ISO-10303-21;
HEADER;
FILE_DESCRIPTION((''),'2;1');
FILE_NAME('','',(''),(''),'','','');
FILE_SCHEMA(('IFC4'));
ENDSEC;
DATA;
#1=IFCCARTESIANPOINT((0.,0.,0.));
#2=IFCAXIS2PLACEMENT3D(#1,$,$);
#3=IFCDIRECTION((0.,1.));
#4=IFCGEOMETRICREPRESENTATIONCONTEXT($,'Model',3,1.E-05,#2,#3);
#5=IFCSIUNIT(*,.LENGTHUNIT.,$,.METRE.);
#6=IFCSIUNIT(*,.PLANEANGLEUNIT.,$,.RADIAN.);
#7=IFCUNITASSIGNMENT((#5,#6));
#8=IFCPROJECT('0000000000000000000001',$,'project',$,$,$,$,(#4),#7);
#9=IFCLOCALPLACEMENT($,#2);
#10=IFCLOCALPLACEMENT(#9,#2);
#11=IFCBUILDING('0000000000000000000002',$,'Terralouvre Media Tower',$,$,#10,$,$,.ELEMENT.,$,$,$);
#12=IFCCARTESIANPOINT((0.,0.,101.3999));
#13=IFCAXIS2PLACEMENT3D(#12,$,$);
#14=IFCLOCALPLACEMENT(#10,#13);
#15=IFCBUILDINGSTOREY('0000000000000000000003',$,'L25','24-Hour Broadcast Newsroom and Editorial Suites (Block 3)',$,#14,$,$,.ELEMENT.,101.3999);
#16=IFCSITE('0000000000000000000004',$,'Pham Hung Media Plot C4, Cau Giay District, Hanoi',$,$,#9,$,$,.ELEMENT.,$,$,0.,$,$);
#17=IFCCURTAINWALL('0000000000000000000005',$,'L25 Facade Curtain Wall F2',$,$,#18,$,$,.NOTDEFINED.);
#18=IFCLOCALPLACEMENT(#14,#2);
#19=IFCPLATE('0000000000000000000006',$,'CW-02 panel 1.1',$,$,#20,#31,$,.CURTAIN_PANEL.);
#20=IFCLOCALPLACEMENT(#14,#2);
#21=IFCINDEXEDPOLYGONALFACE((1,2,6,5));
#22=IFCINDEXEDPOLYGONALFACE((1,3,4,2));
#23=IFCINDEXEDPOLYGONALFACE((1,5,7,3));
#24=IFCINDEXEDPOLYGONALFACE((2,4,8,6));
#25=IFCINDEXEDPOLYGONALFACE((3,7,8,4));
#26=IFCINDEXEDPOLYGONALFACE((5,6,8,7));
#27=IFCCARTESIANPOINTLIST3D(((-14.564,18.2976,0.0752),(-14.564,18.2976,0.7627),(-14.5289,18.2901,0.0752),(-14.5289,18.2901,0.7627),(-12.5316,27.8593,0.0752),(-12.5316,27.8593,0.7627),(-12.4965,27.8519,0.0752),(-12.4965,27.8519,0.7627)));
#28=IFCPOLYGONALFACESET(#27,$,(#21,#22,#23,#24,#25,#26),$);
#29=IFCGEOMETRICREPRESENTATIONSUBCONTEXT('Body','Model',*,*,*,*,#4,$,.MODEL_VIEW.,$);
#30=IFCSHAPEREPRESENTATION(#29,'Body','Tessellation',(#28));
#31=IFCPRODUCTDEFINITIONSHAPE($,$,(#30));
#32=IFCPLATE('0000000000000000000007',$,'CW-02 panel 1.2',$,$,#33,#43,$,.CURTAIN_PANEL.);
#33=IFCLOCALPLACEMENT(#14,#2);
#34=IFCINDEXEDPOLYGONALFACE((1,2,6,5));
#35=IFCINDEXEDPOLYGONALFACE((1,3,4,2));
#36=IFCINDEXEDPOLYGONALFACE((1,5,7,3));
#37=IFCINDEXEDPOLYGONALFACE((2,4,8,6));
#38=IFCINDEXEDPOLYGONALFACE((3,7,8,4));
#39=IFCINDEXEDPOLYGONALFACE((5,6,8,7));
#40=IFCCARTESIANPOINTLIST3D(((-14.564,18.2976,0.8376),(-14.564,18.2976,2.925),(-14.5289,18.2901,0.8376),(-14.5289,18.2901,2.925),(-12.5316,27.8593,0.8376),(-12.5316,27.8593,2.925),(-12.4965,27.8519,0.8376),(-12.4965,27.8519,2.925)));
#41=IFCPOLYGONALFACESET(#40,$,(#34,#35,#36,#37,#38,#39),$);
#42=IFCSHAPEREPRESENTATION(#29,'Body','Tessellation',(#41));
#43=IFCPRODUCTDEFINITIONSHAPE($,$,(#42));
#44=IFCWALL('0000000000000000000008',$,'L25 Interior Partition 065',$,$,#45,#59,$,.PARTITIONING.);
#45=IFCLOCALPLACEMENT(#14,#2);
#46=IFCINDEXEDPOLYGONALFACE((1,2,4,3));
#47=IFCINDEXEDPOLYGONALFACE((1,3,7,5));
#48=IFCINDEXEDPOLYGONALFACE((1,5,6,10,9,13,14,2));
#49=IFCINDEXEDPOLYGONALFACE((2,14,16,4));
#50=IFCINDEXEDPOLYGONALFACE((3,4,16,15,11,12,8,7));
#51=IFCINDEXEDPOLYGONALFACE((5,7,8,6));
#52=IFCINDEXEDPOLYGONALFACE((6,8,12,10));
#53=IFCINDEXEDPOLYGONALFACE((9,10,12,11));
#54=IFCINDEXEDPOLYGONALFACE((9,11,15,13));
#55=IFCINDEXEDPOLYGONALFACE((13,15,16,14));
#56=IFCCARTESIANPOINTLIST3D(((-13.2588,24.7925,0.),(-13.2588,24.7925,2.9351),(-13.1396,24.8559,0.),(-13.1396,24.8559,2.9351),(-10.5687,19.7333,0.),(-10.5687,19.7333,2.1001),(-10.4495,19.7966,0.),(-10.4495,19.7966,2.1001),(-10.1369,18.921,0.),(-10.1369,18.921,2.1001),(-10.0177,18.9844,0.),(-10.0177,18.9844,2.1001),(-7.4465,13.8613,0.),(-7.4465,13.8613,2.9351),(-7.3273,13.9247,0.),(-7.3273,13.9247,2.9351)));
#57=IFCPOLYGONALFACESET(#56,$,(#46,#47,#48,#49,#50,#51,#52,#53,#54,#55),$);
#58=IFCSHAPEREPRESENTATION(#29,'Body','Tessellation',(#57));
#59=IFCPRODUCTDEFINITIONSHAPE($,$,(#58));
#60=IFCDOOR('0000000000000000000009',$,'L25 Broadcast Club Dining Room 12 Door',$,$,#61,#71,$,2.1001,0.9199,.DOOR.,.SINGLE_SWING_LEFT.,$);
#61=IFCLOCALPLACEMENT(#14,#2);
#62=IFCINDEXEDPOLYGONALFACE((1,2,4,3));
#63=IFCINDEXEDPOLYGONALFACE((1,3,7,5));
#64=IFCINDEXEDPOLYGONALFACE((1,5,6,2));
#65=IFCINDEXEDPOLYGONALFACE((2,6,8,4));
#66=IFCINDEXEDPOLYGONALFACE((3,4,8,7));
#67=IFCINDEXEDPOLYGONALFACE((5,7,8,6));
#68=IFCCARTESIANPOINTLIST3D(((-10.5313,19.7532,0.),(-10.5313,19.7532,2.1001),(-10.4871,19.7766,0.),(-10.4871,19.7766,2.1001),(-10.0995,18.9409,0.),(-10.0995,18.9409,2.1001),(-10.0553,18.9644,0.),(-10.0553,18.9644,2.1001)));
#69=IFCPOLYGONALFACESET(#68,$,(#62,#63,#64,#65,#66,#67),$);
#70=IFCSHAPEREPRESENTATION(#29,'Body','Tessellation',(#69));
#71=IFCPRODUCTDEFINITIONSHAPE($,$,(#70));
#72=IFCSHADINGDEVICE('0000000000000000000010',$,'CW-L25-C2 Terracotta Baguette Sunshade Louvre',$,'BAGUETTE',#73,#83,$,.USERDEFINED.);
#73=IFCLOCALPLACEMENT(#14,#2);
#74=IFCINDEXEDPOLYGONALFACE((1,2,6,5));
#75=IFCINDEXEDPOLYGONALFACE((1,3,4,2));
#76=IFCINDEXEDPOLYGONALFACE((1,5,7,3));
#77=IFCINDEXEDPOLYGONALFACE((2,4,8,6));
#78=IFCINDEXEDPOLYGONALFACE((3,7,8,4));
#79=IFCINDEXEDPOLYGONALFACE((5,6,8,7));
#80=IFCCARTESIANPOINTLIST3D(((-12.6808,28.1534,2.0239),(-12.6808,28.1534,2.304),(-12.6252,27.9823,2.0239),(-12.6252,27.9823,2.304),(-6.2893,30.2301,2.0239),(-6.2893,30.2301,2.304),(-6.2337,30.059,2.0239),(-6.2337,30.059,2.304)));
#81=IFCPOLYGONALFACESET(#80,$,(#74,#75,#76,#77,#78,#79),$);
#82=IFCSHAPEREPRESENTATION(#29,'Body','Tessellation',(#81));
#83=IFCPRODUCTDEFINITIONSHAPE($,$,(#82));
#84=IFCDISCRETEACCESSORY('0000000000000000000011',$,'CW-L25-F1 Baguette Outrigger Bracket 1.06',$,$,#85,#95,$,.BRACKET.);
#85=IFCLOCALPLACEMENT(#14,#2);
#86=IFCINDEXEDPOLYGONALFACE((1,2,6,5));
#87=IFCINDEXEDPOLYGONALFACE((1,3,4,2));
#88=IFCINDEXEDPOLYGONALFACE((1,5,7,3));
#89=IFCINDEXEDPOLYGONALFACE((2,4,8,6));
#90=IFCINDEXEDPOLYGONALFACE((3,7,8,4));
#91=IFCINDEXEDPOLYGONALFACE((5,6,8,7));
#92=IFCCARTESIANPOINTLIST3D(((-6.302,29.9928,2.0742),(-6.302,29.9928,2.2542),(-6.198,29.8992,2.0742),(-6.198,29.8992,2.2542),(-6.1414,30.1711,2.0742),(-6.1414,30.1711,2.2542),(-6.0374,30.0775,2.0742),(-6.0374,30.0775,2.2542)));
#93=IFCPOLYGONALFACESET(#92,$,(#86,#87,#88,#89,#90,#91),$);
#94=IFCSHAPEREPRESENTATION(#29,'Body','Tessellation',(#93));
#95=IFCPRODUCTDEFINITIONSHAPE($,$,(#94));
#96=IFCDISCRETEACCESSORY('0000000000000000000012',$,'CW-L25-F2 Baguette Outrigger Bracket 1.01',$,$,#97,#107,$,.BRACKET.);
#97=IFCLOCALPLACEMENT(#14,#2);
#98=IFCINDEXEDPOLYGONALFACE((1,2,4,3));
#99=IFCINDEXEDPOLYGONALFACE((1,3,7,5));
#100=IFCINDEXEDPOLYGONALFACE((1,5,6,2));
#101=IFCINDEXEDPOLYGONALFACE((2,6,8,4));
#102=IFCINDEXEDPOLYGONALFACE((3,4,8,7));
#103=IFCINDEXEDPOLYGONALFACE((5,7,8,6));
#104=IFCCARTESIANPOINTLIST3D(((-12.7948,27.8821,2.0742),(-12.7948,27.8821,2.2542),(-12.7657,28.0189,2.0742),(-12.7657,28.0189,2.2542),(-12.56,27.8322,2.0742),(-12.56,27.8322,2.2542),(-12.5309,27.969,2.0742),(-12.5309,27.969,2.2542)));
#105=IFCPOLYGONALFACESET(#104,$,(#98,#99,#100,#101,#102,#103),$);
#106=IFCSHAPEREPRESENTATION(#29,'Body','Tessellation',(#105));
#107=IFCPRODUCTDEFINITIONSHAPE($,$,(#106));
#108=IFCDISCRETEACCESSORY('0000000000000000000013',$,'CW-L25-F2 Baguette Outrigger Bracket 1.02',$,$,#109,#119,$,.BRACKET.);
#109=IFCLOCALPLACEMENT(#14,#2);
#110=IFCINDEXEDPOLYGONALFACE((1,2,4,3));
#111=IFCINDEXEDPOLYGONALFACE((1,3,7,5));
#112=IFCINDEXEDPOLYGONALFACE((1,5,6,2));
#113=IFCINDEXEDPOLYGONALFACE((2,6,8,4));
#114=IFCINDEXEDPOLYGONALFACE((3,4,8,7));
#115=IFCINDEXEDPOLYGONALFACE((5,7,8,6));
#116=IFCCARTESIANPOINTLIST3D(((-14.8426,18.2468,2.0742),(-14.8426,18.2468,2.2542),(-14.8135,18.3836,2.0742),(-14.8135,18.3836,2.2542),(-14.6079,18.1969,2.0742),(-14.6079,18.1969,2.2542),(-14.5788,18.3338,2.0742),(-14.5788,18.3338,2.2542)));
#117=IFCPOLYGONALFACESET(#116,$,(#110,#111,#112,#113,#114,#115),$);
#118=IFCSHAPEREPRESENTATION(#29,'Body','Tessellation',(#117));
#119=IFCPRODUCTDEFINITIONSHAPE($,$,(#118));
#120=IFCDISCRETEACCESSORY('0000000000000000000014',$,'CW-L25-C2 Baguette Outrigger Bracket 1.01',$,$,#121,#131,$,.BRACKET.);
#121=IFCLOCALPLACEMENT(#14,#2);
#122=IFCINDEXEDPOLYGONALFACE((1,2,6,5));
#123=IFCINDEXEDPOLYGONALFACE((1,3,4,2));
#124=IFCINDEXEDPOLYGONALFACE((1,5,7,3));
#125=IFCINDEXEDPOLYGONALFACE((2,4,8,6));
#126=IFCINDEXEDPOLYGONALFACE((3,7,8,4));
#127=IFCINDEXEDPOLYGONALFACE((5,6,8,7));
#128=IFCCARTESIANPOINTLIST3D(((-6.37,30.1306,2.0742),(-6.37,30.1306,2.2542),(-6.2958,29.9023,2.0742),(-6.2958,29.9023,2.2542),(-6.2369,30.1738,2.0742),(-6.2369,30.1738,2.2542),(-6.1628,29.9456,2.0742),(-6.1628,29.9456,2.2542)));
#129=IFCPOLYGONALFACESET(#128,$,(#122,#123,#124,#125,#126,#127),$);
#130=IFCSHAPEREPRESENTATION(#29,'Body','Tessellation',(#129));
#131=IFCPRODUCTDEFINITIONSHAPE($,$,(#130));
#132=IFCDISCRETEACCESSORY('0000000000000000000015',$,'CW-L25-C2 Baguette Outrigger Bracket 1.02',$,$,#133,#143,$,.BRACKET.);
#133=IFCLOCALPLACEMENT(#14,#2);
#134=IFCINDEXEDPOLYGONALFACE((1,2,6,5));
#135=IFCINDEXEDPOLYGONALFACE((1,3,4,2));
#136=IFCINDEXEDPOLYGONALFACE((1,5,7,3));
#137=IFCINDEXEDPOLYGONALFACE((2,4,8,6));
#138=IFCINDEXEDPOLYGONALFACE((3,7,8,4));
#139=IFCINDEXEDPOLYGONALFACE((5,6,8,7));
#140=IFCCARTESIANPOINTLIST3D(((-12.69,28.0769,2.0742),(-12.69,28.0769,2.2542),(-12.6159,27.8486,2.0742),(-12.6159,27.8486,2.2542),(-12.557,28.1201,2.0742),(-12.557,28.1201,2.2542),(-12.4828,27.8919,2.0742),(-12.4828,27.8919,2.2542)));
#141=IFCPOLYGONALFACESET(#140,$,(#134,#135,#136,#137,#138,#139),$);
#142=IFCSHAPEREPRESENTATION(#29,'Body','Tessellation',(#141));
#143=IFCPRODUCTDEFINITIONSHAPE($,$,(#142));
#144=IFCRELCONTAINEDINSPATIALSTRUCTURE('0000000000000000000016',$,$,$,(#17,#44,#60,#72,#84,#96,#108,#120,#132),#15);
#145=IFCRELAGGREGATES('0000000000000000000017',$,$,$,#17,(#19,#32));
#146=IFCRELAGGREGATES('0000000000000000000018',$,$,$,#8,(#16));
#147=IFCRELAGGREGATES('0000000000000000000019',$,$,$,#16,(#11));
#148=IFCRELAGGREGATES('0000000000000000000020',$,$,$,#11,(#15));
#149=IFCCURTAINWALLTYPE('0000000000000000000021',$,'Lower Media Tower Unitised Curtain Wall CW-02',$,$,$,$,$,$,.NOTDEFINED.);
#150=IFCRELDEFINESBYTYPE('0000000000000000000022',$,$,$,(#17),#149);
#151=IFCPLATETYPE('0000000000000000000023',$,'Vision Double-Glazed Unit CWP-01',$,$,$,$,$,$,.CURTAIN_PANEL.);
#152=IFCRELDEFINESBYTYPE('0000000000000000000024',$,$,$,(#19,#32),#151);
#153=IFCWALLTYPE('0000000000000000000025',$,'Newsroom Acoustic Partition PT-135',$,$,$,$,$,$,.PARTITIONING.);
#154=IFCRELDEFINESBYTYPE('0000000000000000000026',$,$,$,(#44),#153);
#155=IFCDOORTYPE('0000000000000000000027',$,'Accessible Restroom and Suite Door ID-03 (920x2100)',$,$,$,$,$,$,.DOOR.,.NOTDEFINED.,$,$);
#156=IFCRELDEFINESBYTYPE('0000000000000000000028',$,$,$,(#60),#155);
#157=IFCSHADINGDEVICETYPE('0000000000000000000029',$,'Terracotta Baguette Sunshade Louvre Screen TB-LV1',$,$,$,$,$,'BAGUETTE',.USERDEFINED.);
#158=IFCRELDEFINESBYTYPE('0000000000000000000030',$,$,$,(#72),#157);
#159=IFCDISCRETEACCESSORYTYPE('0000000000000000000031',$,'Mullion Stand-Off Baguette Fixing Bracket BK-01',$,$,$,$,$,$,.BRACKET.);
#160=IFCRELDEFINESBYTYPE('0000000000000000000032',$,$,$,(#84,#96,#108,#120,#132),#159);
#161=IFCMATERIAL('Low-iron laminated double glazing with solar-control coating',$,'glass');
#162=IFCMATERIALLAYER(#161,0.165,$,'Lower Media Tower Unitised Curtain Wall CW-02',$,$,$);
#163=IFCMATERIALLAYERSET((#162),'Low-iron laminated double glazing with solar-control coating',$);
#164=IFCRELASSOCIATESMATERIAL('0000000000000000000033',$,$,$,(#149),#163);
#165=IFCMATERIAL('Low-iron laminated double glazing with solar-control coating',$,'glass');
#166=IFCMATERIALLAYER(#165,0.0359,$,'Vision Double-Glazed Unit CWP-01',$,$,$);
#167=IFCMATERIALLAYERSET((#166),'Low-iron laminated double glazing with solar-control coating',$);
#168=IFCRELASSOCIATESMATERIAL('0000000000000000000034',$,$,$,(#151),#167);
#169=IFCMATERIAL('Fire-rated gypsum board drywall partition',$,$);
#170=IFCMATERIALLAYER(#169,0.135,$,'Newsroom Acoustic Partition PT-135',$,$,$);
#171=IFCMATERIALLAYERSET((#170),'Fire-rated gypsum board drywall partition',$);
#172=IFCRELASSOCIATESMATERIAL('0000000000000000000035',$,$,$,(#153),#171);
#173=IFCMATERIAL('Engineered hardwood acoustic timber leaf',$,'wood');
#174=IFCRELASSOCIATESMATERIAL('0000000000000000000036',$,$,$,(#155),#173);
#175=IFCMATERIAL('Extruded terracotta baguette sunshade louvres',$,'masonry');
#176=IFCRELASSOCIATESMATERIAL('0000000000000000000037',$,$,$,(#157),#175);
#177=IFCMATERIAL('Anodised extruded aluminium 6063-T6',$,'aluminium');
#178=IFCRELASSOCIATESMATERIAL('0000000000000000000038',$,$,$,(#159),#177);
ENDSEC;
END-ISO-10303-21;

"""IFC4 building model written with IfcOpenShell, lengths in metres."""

from ifc_helpers import new_model, si_unit, direction, frame, frame_2d, origin, origin_2d, place, context, subcontext, project, spatial, rectangle, extrude, material, layer, layer_set, type_object, element, fill, aggregate, save


model = new_model("IFC4")

# Units and contexts
model_context = context("Model", 3, precision=1e-05, world=origin(), true_north=direction((0.0, 1.0)))
body_context = subcontext(model_context, "Body", "Model", "MODEL_VIEW")
ifc_project = project(units=[si_unit("LENGTHUNIT", "METRE"), si_unit("PLANEANGLEUNIT", "RADIAN")], contexts=[model_context])

# Site, building, storey
site_placement = place(None, origin())
site = spatial("IfcSite", under=ifc_project, at=site_placement, Name="Pham Hung Media Plot C4, Cau Giay District, Hanoi", CompositionType="ELEMENT", RefElevation=0.0)
building_placement = place(site_placement, origin())
building = spatial("IfcBuilding", under=site, at=building_placement, Name="Terralouvre Media Tower", CompositionType="ELEMENT")
storey_placement = place(building_placement, frame((0.0, 0.0, 101.3999)))
storey = spatial("IfcBuildingStorey", under=building, at=storey_placement, Name="L25", Description="24-Hour Broadcast Newsroom and Editorial Suites (Block 3)", CompositionType="ELEMENT", Elevation=101.3999)

# Curtain wall
ifc_material_1 = material(Name="Low-iron laminated double glazing with solar-control coating", Category="glass")
ifc_layer_1 = layer(ifc_material_1, 0.165, Name="Lower Media Tower Unitised Curtain Wall CW-02")
ifc_layer_set_1 = layer_set([ifc_layer_1], Name="Low-iron laminated double glazing with solar-control coating")
curtain_wall_type_1 = type_object("IfcCurtainWallType", Name="Lower Media Tower Unitised Curtain Wall CW-02", PredefinedType="NOTDEFINED", material=ifc_layer_set_1)
curtain_wall_1_placement = place(storey_placement, origin())
curtain_wall_1 = element("IfcCurtainWall", 1, at=curtain_wall_1_placement, inside=storey, type_object=curtain_wall_type_1, Name="L25 Facade Curtain Wall F2", PredefinedType="NOTDEFINED")

# Plates
ifc_material_2 = material(Name="Low-iron laminated double glazing with solar-control coating", Category="glass")
ifc_layer_2 = layer(ifc_material_2, 0.0359, Name="Vision Double-Glazed Unit CWP-01")
ifc_layer_set_2 = layer_set([ifc_layer_2], Name="Low-iron laminated double glazing with solar-control coating")
plate_type_1 = type_object("IfcPlateType", Name="Vision Double-Glazed Unit CWP-01", PredefinedType="CURTAIN_PANEL", material=ifc_layer_set_2)
plate_1_placement = place(storey_placement, frame((-13.5303, 23.0747, 0.0752), z_axis=(0.0, 0.0, 1.0), x_axis=(-0.207912, -0.978148, 0.0)))
plate_1 = element("IfcPlate", 2, at=plate_1_placement, type_object=plate_type_1, Name="CW-02 panel 1.1", PredefinedType="CURTAIN_PANEL", context=body_context, shape_type="SweptSolid", body=[
    extrude(rectangle(XDim=9.7754, YDim=0.0359, at=origin_2d()), origin(), (0.0, 0.0, 1.0), 0.6875),
])
plate_2_placement = place(storey_placement, frame((-13.5303, 23.0747, 0.8376), z_axis=(0.0, 0.0, 1.0), x_axis=(-0.207912, -0.978148, 0.0)))
plate_2 = element("IfcPlate", 3, at=plate_2_placement, type_object=plate_type_1, Name="CW-02 panel 1.2", PredefinedType="CURTAIN_PANEL", context=body_context, shape_type="SweptSolid", body=[
    extrude(rectangle(XDim=9.7754, YDim=0.0359, at=origin_2d()), origin(), (0.0, 0.0, 1.0), 2.0874),
])
aggregate(curtain_wall_1, [plate_1, plate_2])

# Wall, opening, door
ifc_material_3 = material(Name="Fire-rated gypsum board drywall partition")
ifc_layer_3 = layer(ifc_material_3, 0.135, Name="Newsroom Acoustic Partition PT-135")
ifc_layer_set_3 = layer_set([ifc_layer_3], Name="Fire-rated gypsum board drywall partition")
wall_type = type_object("IfcWallType", Name="Newsroom Acoustic Partition PT-135", PredefinedType="PARTITIONING", material=ifc_layer_set_3)
wall_placement = place(storey_placement, frame((-13.1992, 24.8242, 0.0), z_axis=(0.0, 0.0, 1.0), x_axis=(0.469475, -0.882946, 0.0)))
wall = element("IfcWall", 4, at=wall_placement, inside=storey, type_object=wall_type, Name="L25 Interior Partition 065", PredefinedType="PARTITIONING", context=body_context, shape_type="SweptSolid", body=[
    extrude(rectangle(XDim=12.3804, YDim=0.135, at=frame_2d((6.1902, 0.0))), origin(), (0.0, 0.0, 1.0), 2.9351),
])
opening_placement = place(wall_placement, frame((5.73, 0.0, 0.0)))
opening = element("IfcOpeningElement", 5, at=opening_placement, cuts=wall, PredefinedType="OPENING", context=body_context, shape_type="SweptSolid", body=[
    extrude(rectangle(XDim=0.9199, YDim=2.1001, at=frame_2d((0.46, 1.05))), frame((0.0, 0.0774, 0.0), z_axis=(0.0, -1.0, 0.0), x_axis=(1.0, 0.0, 0.0)), (0.0, 0.0, 1.0), 0.155),
])
ifc_material_4 = material(Name="Engineered hardwood acoustic timber leaf", Category="wood")
door_type = type_object("IfcDoorType", Name="Accessible Restroom and Suite Door ID-03 (920x2100)", OperationType="NOTDEFINED", PredefinedType="DOOR", material=ifc_material_4)
door_placement = place(opening_placement, origin())
door = element("IfcDoor", 6, at=door_placement, inside=storey, type_object=door_type, Name="L25 Broadcast Club Dining Room 12 Door", OperationType="SINGLE_SWING_LEFT", OverallHeight=2.1001, OverallWidth=0.9199, PredefinedType="DOOR", context=body_context, shape_type="SweptSolid", body=[
    extrude(rectangle(XDim=0.9199, YDim=2.1001, at=frame_2d((0.46, 1.05))), frame((0.0, 0.0249, 0.0), z_axis=(0.0, -1.0, 0.0), x_axis=(1.0, 0.0, 0.0)), (0.0, 0.0, 1.0), 0.05),
])
fill(opening, door)

# Shading device
ifc_material_5 = material(Name="Extruded terracotta baguette sunshade louvres", Category="masonry")
shading_device_type = type_object("IfcShadingDeviceType", Name="Terracotta Baguette Sunshade Louvre Screen TB-LV1", ElementType="BAGUETTE", PredefinedType="USERDEFINED", material=ifc_material_5)
shading_device_placement = place(storey_placement, frame((-9.4573, 29.1062, 2.0239), z_axis=(0.0, 0.0, 1.0), x_axis=(-0.951056, -0.309018, 0.0)))
element("IfcShadingDevice", 7, at=shading_device_placement, inside=storey, type_object=shading_device_type, Name="CW-L25-C2 Terracotta Baguette Sunshade Louvre", ObjectType="BAGUETTE", PredefinedType="USERDEFINED", context=body_context, shape_type="SweptSolid", body=[
    extrude(rectangle(XDim=6.7205, YDim=0.1799, at=origin_2d()), origin(), (0.0, 0.0, 1.0), 0.28),
])

# Discrete accessories
ifc_material_6 = material(Name="Anodised extruded aluminium 6063-T6", Category="aluminium")
discrete_accessory_type = type_object("IfcDiscreteAccessoryType", Name="Mullion Stand-Off Baguette Fixing Bracket BK-01", PredefinedType="BRACKET", material=ifc_material_6)
for number, where, z_axis, x_axis, name in (
    (8, (-6.1697, 30.0352, 2.0742), (0.0, 0.0, 1.0), (-0.743145, 0.669131, 0.0), "CW-L25-F1 Baguette Outrigger Bracket 1.06"),
    (9, (-12.6628, 27.9255, 2.0742), (0.0, 0.0, 1.0), (-0.207912, -0.978148, 0.0), "CW-L25-F2 Baguette Outrigger Bracket 1.01"),
    (10, (-14.7107, 18.2903, 2.0742), (0.0, 0.0, 1.0), (-0.207912, -0.978148, 0.0), "CW-L25-F2 Baguette Outrigger Bracket 1.02"),
    (11, (-6.2664, 30.0381, 2.0742), (0.0, 0.0, 1.0), (-0.951056, -0.309018, 0.0), "CW-L25-C2 Baguette Outrigger Bracket 1.01"),
    (12, (-12.5864, 27.9844, 2.0742), (0.0, 0.0, 1.0), (-0.951056, -0.309018, 0.0), "CW-L25-C2 Baguette Outrigger Bracket 1.02"),
):
    element("IfcDiscreteAccessory", number, at=place(storey_placement, frame(where, z_axis=z_axis, x_axis=x_axis)), inside=storey, type_object=discrete_accessory_type, Name=name, PredefinedType="BRACKET", context=body_context, shape_type="SweptSolid", body=[
        extrude(rectangle(XDim=0.1399, YDim=0.24, at=origin_2d()), origin(), (0.0, 0.0, 1.0), 0.1799),
    ])

save(model, "model.ifc")
